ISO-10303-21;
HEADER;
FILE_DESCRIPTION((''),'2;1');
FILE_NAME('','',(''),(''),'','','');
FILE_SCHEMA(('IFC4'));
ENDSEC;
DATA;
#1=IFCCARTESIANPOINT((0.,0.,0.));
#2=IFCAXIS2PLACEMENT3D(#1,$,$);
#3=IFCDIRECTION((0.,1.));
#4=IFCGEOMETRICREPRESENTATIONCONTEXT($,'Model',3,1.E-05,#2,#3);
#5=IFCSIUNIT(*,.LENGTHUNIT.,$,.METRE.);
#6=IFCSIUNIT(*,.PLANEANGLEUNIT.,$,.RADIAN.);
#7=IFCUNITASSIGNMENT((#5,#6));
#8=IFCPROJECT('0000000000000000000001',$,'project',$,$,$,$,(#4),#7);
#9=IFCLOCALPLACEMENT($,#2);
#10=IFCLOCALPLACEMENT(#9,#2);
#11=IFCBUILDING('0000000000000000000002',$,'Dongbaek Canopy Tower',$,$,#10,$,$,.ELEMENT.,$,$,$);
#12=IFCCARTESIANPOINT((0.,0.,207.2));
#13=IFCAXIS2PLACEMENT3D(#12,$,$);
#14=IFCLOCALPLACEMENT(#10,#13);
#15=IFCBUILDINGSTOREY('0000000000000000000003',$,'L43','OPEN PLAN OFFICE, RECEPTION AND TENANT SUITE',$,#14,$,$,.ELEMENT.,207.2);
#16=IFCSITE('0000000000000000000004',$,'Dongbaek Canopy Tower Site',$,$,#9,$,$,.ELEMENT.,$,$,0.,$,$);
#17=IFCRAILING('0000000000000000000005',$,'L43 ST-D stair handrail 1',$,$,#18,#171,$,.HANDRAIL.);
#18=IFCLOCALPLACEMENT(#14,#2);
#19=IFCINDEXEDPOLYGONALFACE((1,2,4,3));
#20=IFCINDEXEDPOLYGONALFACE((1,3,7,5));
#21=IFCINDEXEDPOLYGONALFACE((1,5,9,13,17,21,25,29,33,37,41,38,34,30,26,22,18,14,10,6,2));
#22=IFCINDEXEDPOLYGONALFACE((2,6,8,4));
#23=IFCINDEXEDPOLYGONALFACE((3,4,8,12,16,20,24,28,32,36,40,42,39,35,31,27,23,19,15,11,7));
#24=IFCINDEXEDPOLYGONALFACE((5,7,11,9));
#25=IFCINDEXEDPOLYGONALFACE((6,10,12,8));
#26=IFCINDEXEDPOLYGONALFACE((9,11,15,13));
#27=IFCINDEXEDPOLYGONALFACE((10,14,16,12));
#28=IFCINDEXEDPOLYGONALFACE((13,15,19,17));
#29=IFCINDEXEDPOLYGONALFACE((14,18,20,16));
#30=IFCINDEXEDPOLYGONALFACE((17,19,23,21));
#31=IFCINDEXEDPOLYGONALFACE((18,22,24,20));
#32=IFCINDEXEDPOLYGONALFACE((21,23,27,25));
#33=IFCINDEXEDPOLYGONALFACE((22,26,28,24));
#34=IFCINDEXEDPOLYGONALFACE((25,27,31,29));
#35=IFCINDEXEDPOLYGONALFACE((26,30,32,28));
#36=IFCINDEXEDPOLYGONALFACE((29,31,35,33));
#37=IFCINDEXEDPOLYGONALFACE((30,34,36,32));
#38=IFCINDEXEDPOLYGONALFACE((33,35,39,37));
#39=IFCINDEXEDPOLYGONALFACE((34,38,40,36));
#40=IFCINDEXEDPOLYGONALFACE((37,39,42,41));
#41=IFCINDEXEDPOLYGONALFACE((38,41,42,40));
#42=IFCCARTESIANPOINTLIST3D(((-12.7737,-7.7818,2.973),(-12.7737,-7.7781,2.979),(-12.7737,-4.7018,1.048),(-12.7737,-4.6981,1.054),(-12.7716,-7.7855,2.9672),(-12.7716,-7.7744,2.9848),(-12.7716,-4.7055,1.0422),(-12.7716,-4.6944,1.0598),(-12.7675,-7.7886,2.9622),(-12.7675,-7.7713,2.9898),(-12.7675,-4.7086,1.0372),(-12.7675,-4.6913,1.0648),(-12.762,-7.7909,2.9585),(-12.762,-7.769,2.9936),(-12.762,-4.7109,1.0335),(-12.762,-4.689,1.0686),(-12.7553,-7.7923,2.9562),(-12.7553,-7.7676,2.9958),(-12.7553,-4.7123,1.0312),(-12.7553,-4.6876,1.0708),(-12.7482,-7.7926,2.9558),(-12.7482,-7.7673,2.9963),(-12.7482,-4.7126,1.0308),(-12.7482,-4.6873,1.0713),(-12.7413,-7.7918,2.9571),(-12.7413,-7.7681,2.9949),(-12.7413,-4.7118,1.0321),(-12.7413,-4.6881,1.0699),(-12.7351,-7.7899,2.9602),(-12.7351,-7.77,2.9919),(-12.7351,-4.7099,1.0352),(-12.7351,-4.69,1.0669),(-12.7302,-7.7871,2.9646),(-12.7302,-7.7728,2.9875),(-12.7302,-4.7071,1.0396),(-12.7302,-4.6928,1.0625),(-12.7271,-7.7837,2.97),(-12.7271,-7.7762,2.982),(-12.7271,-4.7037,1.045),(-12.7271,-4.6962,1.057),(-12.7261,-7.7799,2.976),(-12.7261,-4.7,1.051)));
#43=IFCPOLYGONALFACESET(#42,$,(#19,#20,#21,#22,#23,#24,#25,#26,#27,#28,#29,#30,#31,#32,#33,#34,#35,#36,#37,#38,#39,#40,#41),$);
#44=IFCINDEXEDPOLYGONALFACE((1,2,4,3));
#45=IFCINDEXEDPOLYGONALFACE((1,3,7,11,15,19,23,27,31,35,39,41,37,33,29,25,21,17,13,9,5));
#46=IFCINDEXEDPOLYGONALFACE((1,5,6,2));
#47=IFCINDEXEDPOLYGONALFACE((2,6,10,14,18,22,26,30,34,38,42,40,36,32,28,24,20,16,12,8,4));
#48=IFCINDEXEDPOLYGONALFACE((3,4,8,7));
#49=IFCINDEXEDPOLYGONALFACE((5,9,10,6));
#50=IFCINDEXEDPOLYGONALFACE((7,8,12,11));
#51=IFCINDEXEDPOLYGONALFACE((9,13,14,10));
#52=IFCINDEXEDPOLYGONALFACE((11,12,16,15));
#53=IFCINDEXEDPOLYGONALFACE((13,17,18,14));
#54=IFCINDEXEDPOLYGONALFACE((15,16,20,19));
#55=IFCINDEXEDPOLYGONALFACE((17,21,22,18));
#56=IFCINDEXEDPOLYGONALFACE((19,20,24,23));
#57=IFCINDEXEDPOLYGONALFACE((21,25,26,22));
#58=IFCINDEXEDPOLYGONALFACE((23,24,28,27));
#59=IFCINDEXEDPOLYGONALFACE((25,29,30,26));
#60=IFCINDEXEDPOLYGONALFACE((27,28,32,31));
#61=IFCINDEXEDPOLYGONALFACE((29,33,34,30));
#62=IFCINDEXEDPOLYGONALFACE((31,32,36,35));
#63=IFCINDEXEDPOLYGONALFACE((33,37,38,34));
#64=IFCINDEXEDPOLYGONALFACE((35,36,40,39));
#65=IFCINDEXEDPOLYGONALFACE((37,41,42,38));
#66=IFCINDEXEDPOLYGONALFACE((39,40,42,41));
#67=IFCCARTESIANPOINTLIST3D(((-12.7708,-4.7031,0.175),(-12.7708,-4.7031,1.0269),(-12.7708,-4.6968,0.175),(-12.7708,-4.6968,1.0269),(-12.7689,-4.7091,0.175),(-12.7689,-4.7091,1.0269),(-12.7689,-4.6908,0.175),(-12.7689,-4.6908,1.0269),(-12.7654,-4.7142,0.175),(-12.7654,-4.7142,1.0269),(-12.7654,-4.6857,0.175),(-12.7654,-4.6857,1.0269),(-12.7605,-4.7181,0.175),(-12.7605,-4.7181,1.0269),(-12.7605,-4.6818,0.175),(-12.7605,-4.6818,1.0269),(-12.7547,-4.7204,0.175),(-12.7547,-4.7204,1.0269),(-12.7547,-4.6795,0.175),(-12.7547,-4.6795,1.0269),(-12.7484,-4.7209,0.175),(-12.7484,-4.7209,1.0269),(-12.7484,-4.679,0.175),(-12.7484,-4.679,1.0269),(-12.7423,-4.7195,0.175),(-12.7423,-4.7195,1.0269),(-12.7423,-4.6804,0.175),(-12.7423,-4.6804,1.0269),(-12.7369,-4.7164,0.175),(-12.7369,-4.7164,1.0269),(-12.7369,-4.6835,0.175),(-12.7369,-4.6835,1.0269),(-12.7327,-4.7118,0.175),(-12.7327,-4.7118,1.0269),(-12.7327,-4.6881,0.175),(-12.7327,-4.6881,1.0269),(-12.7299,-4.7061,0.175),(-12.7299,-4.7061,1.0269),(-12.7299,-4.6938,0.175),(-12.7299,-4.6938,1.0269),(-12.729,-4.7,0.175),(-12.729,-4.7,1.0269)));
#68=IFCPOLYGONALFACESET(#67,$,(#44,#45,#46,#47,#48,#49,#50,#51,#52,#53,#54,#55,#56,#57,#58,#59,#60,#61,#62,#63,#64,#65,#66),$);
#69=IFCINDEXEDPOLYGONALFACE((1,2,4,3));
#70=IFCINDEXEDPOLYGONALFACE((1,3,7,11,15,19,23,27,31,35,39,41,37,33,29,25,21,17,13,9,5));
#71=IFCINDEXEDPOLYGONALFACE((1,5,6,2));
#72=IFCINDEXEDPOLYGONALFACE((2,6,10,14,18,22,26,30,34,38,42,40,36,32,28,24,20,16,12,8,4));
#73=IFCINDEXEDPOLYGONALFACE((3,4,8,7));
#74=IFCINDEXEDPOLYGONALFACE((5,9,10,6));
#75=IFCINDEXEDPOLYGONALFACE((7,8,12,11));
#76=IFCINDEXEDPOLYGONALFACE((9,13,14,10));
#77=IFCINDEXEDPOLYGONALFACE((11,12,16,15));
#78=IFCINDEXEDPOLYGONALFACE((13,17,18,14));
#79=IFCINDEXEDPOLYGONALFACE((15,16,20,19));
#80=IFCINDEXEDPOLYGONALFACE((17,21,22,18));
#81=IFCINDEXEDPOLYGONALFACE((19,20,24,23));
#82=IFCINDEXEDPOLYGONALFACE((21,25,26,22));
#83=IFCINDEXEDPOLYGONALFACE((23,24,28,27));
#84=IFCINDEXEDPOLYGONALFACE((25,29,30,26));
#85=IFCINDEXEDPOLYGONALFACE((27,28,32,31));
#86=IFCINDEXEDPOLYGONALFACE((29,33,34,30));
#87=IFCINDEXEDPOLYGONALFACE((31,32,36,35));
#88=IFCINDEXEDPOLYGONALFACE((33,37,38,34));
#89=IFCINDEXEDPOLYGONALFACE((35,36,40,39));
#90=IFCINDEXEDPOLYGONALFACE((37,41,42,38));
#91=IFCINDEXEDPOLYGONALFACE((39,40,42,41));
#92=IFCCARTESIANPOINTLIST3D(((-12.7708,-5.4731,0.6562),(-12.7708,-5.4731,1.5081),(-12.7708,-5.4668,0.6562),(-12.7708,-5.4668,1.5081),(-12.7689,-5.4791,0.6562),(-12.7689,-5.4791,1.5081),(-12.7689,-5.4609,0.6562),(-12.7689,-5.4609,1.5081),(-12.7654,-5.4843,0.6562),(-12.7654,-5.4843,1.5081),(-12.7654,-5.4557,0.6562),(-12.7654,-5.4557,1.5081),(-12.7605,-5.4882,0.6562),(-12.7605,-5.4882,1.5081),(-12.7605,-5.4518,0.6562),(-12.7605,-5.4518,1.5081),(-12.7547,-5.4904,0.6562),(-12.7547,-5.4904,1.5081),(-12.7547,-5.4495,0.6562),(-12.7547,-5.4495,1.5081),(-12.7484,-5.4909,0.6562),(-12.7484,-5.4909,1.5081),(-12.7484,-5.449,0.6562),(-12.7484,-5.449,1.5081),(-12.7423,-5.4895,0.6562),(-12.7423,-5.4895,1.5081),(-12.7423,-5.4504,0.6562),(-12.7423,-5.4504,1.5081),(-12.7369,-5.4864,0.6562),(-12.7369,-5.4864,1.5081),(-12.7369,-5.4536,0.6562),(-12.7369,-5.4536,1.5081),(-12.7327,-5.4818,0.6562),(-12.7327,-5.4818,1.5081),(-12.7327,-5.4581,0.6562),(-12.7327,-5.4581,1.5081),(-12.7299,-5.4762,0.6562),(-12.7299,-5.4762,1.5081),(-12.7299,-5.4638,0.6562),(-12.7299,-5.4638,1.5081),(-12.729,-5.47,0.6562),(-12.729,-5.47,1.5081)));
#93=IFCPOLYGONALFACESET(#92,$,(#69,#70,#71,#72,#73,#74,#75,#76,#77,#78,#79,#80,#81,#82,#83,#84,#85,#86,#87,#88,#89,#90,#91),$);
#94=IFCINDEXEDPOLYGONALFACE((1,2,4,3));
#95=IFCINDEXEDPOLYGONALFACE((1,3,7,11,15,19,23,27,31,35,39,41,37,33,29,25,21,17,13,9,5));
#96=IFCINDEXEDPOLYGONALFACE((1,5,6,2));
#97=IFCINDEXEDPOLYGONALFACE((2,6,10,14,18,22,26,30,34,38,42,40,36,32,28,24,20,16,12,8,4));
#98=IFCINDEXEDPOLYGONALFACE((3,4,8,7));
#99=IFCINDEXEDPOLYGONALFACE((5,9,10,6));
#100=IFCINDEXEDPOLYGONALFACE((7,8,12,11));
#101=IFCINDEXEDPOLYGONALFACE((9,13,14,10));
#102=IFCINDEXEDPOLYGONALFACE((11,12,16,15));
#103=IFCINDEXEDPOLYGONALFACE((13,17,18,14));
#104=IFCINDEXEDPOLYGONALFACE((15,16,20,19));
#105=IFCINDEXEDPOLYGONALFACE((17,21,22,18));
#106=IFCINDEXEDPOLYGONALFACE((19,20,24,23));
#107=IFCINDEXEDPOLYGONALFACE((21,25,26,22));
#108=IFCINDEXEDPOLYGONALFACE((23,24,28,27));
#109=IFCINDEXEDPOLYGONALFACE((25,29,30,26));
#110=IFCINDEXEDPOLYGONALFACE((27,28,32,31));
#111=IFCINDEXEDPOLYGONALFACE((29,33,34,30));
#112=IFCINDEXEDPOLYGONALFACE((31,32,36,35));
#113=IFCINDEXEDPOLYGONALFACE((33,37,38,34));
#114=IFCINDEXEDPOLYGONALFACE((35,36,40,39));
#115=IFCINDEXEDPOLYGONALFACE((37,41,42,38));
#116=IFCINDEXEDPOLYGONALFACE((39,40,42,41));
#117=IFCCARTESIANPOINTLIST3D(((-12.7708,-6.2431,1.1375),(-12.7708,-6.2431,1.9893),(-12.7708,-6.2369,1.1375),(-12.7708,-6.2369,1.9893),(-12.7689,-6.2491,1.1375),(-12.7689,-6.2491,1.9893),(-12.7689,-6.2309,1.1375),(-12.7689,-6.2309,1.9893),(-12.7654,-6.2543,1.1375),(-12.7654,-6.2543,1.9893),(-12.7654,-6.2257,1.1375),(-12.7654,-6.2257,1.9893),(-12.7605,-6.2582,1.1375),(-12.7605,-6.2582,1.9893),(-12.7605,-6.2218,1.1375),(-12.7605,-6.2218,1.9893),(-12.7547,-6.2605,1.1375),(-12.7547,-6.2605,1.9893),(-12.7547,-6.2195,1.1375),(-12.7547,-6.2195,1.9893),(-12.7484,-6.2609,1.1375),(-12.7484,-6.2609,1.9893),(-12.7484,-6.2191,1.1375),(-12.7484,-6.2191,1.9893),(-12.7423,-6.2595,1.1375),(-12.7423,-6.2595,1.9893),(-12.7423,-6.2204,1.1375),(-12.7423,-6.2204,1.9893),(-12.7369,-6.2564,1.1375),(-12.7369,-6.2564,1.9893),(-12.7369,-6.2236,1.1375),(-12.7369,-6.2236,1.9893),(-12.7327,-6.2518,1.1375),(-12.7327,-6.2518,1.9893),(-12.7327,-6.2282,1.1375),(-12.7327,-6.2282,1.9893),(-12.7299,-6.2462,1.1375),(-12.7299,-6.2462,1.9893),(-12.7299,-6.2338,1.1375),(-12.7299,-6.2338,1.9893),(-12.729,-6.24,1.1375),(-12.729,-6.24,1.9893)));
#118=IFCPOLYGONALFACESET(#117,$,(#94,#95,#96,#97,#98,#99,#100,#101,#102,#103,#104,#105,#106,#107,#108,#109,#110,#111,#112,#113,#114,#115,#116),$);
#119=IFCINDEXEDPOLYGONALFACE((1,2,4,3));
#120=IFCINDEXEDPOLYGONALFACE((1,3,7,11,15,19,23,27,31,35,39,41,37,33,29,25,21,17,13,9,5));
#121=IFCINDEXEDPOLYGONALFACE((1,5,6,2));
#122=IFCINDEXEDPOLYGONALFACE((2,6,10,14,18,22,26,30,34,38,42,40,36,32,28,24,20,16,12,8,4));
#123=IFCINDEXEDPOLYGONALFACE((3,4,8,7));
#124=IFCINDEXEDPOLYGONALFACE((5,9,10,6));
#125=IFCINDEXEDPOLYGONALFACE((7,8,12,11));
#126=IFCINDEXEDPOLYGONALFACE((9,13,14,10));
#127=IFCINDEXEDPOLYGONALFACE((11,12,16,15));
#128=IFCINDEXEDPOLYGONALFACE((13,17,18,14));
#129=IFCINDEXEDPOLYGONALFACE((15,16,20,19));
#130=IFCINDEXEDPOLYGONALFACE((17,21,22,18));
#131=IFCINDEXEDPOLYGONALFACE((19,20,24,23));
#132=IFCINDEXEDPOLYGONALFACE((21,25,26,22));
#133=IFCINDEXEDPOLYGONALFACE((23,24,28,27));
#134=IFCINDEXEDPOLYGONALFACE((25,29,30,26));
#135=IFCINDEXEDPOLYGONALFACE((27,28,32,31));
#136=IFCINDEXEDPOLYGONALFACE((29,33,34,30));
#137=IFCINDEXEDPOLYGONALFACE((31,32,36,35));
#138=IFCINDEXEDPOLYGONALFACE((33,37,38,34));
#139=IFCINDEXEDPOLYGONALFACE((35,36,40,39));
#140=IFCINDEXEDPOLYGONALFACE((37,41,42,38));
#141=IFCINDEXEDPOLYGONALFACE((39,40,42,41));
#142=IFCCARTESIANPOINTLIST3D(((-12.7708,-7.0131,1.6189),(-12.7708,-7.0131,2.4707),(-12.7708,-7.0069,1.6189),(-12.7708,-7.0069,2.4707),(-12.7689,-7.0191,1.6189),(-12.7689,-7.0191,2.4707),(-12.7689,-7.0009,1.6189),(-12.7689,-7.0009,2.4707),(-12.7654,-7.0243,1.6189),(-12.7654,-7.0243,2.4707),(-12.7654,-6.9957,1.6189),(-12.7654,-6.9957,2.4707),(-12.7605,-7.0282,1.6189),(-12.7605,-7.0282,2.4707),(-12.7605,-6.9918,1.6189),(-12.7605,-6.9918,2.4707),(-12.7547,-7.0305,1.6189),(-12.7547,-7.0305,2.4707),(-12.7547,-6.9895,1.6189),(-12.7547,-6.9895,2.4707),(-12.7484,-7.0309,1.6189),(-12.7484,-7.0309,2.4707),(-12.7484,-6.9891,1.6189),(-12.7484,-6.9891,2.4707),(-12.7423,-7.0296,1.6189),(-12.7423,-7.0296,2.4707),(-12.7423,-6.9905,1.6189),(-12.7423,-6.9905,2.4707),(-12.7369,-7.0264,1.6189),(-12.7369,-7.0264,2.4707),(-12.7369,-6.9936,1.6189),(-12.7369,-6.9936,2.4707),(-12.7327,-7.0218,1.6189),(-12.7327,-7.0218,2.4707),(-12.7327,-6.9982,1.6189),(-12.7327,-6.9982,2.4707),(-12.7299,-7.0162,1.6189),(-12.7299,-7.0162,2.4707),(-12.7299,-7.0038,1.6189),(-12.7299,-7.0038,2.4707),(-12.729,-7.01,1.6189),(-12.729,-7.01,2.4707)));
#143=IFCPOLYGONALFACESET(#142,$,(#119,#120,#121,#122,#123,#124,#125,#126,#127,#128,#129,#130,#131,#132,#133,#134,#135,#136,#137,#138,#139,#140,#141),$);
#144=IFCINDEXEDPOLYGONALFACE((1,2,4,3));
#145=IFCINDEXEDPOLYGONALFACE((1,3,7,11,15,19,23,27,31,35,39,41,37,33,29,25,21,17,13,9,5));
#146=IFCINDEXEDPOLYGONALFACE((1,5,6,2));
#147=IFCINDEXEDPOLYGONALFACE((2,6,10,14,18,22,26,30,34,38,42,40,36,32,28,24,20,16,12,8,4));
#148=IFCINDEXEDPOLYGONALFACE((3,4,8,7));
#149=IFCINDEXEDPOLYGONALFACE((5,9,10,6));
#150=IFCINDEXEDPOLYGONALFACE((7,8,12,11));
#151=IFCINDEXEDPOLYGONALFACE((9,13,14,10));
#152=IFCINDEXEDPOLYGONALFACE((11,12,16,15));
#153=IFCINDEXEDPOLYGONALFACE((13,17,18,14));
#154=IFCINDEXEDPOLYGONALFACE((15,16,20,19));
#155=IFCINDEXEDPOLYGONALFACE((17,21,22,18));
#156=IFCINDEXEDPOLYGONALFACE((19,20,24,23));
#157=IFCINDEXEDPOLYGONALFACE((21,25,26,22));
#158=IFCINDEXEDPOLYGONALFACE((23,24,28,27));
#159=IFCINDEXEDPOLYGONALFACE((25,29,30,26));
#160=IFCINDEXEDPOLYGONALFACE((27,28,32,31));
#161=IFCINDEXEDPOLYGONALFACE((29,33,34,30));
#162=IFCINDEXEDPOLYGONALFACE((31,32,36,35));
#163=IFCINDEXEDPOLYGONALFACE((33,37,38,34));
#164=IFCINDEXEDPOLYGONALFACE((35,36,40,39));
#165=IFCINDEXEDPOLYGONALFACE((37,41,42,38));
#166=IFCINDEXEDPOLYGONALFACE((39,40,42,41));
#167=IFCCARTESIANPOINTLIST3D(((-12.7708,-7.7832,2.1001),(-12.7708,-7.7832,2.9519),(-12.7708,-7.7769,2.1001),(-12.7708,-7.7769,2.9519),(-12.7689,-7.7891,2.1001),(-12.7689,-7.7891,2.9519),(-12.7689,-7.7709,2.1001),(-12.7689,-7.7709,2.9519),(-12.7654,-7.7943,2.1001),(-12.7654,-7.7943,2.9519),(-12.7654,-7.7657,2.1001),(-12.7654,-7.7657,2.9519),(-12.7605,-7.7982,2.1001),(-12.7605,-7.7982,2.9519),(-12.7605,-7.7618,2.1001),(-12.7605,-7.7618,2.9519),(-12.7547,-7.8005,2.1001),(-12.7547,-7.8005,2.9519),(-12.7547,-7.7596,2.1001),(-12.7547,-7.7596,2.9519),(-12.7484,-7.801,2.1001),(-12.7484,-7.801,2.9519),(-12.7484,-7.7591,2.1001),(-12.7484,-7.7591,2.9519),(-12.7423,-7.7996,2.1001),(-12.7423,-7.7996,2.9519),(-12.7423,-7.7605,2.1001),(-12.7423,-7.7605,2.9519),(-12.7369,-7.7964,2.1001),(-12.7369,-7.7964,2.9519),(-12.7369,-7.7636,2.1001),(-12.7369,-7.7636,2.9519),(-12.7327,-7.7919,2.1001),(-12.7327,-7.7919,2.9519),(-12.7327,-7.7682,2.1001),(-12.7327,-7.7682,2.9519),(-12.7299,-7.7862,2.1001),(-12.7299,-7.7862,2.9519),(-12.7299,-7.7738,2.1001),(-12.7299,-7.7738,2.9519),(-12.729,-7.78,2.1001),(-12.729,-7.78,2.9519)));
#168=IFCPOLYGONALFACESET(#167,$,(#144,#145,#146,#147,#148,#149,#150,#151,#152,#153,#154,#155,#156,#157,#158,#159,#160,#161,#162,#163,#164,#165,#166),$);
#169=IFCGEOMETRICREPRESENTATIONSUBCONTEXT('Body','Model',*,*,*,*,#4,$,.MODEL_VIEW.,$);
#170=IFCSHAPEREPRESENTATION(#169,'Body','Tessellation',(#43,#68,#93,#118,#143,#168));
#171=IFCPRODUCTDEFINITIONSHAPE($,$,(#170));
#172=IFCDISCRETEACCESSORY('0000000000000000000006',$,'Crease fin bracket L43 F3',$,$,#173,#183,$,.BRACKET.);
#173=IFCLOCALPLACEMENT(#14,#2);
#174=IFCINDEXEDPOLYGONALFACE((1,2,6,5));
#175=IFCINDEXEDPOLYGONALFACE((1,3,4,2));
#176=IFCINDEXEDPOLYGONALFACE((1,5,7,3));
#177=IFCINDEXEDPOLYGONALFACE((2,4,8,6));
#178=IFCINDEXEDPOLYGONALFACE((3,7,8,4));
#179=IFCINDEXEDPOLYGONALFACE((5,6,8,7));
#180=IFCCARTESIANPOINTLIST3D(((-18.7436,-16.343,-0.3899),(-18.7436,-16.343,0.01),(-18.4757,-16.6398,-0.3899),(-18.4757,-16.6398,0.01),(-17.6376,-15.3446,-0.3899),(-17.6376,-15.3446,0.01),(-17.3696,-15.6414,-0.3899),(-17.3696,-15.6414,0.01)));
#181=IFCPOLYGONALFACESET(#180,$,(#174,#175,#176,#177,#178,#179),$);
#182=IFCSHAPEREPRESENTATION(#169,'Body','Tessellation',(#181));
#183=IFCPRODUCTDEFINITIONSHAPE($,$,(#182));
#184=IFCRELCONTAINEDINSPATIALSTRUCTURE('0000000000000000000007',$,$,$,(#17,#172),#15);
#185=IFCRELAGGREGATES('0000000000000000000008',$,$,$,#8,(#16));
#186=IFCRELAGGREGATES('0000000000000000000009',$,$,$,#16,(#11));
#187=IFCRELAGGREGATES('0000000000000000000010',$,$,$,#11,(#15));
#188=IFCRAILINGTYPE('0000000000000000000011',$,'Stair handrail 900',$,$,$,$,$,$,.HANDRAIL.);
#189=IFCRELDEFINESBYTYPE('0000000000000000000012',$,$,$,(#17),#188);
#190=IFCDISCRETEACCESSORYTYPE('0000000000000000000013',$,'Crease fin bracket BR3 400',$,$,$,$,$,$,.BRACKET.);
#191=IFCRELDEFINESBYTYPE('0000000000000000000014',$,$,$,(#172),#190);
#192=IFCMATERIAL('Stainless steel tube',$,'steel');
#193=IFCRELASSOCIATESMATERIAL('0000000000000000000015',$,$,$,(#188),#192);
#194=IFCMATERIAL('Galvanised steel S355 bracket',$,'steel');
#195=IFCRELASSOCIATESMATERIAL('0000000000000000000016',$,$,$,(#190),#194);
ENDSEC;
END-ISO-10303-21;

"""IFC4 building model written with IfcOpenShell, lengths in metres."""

from ifc_helpers import new_model, si_unit, direction, frame, origin, origin_2d, place, context, subcontext, project, spatial, rectangle, circle, extrude, material, type_object, element, save


model = new_model("IFC4")

# Units and contexts
model_context = context("Model", 3, precision=1e-05, world=origin(), true_north=direction((0.0, 1.0)))
body_context = subcontext(model_context, "Body", "Model", "MODEL_VIEW")
ifc_project = project(units=[si_unit("LENGTHUNIT", "METRE"), si_unit("PLANEANGLEUNIT", "RADIAN")], contexts=[model_context])

# Site, building, storey
site_placement = place(None, origin())
site = spatial("IfcSite", under=ifc_project, at=site_placement, Name="Dongbaek Canopy Tower Site", CompositionType="ELEMENT", RefElevation=0.0)
building_placement = place(site_placement, origin())
building = spatial("IfcBuilding", under=site, at=building_placement, Name="Dongbaek Canopy Tower", CompositionType="ELEMENT")
storey_placement = place(building_placement, frame((0.0, 0.0, 207.2)))
storey = spatial("IfcBuildingStorey", under=building, at=storey_placement, Name="L43", Description="OPEN PLAN OFFICE, RECEPTION AND TENANT SUITE", CompositionType="ELEMENT", Elevation=207.2)

# Railing
ifc_material_1 = material(Name="Stainless steel tube", Category="steel")
railing_type = type_object("IfcRailingType", Name="Stair handrail 900", PredefinedType="HANDRAIL", material=ifc_material_1)
railing_placement = place(storey_placement, frame((-12.75, -4.7, 0.175)))
element("IfcRailing", 1, at=railing_placement, inside=storey, type_object=railing_type, Name="L43 ST-D stair handrail 1", PredefinedType="HANDRAIL", context=body_context, shape_type="SweptSolid", body=[
    extrude(circle(Radius=0.0239, at=origin_2d()), frame((0.0, 0.0, 0.876), z_axis=(0.0, -0.847998, 0.529999), x_axis=(1.0, 0.0, 0.0)), (0.0, 0.0, 1.0), 3.6321),
    extrude(circle(Radius=0.021, at=origin_2d()), origin(), (0.0, 0.0, 1.0), 0.8518),
    extrude(circle(Radius=0.021, at=origin_2d()), frame((0.0, -0.77, 0.4812)), (0.0, 0.0, 1.0), 0.8518),
    extrude(circle(Radius=0.021, at=origin_2d()), frame((0.0, -1.54, 0.9624)), (0.0, 0.0, 1.0), 0.8518),
    extrude(circle(Radius=0.021, at=origin_2d()), frame((0.0, -2.3101, 1.4438)), (0.0, 0.0, 1.0), 0.8518),
    extrude(circle(Radius=0.021, at=origin_2d()), frame((0.0, -3.0801, 1.925)), (0.0, 0.0, 1.0), 0.8518),
])

# Discrete accessory
ifc_material_2 = material(Name="Galvanised steel S355 bracket", Category="steel")
discrete_accessory_type = type_object("IfcDiscreteAccessoryType", Name="Crease fin bracket BR3 400", PredefinedType="BRACKET", material=ifc_material_2)
discrete_accessory_placement = place(storey_placement, frame((-18.0566, -15.9922, -0.3899), z_axis=(0.0, 0.0, 1.0), x_axis=(-0.7423, -0.670068, 0.0)))
element("IfcDiscreteAccessory", 2, at=discrete_accessory_placement, inside=storey, type_object=discrete_accessory_type, Name="Crease fin bracket L43 F3", PredefinedType="BRACKET", context=body_context, shape_type="SweptSolid", body=[
    extrude(rectangle(XDim=1.49, YDim=0.3999, at=origin_2d()), origin(), (0.0, 0.0, 1.0), 0.3999),
])

save(model, "model.ifc")
